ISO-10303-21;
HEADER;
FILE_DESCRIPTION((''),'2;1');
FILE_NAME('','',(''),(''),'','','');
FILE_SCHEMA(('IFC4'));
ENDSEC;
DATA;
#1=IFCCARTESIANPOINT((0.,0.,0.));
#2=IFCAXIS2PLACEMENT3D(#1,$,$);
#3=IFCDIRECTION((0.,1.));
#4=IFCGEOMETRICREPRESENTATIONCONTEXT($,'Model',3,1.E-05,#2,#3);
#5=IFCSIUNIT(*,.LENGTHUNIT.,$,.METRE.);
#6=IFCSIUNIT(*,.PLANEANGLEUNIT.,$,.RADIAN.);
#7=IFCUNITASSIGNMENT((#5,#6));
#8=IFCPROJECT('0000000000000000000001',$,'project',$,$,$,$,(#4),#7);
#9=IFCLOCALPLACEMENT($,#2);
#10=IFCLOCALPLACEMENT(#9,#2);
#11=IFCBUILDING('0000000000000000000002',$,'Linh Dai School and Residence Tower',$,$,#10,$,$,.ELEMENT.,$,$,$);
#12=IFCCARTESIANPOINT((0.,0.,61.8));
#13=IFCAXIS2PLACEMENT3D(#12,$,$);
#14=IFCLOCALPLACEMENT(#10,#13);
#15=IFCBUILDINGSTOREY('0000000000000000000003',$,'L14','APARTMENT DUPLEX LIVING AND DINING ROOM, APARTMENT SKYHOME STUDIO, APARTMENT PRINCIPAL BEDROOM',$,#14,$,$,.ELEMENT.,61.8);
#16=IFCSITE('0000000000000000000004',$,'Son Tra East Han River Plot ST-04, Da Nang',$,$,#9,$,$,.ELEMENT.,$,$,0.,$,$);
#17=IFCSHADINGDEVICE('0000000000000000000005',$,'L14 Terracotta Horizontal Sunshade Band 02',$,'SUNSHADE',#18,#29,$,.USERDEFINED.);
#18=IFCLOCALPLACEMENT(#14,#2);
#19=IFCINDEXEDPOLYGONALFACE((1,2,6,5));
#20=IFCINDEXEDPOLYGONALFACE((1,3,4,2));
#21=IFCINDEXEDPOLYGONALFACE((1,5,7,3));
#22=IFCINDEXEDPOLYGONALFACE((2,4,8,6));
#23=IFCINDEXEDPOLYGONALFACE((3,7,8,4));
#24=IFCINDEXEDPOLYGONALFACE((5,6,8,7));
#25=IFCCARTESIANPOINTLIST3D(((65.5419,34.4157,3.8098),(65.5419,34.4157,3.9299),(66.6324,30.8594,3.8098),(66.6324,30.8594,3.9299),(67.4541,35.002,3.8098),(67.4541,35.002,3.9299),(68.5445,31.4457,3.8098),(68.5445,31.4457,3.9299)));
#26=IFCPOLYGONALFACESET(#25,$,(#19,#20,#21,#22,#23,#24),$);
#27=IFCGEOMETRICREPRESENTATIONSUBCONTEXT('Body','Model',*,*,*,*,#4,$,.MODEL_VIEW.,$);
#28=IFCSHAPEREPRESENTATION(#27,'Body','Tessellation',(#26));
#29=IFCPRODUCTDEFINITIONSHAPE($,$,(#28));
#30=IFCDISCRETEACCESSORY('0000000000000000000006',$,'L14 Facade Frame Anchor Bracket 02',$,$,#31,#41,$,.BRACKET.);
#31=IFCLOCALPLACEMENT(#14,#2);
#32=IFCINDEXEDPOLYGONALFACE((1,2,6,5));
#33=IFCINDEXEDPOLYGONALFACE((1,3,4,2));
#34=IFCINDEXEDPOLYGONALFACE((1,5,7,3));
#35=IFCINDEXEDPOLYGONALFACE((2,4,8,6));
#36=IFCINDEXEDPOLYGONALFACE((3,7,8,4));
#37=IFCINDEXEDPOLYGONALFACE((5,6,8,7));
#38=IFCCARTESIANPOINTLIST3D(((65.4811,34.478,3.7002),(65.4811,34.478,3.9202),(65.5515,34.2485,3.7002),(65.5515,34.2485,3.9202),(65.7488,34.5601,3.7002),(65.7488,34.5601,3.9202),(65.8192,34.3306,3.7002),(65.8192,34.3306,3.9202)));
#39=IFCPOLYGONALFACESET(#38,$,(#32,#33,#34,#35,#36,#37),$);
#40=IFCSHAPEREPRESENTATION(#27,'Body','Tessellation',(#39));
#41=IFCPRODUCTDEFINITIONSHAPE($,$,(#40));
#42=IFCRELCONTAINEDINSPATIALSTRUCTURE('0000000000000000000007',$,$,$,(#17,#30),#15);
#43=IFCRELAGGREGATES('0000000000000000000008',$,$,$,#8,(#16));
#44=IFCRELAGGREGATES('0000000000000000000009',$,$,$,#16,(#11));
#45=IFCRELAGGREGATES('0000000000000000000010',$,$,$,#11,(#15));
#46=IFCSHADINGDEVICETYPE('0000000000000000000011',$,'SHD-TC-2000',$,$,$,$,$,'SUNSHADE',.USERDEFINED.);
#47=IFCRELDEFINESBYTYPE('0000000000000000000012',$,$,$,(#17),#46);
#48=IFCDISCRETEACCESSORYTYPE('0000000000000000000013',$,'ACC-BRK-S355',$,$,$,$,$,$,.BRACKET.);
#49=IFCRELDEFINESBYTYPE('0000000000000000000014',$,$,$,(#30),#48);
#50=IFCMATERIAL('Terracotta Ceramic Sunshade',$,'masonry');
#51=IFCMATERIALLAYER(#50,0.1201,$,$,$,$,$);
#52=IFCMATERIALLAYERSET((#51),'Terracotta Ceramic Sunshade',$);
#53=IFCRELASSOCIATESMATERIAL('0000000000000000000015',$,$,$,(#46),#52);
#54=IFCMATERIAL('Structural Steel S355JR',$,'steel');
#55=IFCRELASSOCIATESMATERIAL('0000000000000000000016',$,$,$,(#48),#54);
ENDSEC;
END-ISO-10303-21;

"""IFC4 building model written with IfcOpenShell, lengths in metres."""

from ifc_helpers import new_model, si_unit, direction, frame, origin, origin_2d, place, context, subcontext, project, spatial, rectangle, extrude, source, transform, mapped, material, layer, layer_set, type_object, element, save


model = new_model("IFC4")

# Units and contexts
model_context = context("Model", 3, precision=1e-05, world=origin(), true_north=direction((0.0, 1.0)))
body_context = subcontext(model_context, "Body", "Model", "MODEL_VIEW")
ifc_project = project(units=[si_unit("LENGTHUNIT", "METRE"), si_unit("PLANEANGLEUNIT", "RADIAN")], contexts=[model_context])

# Site, building, storey
site_placement = place(None, origin())
site = spatial("IfcSite", under=ifc_project, at=site_placement, Name="Son Tra East Han River Plot ST-04, Da Nang", CompositionType="ELEMENT", RefElevation=0.0)
building_placement = place(site_placement, origin())
building = spatial("IfcBuilding", under=site, at=building_placement, Name="Linh Dai School and Residence Tower", CompositionType="ELEMENT")
storey_placement = place(building_placement, frame((0.0, 0.0, 61.8)))
storey = spatial("IfcBuildingStorey", under=building, at=storey_placement, Name="L14", Description="APARTMENT DUPLEX LIVING AND DINING ROOM, APARTMENT SKYHOME STUDIO, APARTMENT PRINCIPAL BEDROOM", CompositionType="ELEMENT", Elevation=61.8)

# Shared definitions
ifc_material_1 = material(Name="Structural Steel S355JR", Category="steel")

# Shading device
ifc_material_2 = material(Name="Terracotta Ceramic Sunshade", Category="masonry")
ifc_layer_1 = layer(ifc_material_2, 0.1201)
ifc_layer_set_1 = layer_set([ifc_layer_1], Name="Terracotta Ceramic Sunshade")
shading_device_type = type_object("IfcShadingDeviceType", Name="SHD-TC-2000", ElementType="SUNSHADE", PredefinedType="USERDEFINED", material=ifc_layer_set_1)
shared_shape_1 = source(origin(), body_context, "Body", "SweptSolid", [
    extrude(rectangle(XDim=3.7197, YDim=2.0, at=origin_2d()), origin(), (0.0, 0.0, 1.0), 0.1201),
])
shading_device_placement = place(storey_placement, frame((67.0432, 32.9307, 3.8098), z_axis=(0.0, 0.0, 1.0), x_axis=(0.293146, -0.956068, 0.0)))
element("IfcShadingDevice", 1, at=shading_device_placement, inside=storey, type_object=shading_device_type, Name="L14 Terracotta Horizontal Sunshade Band 02", ObjectType="SUNSHADE", PredefinedType="USERDEFINED", context=body_context, shape_type="MappedRepresentation", body=[
    mapped(shared_shape_1, transform((0.0, 0.0, 0.0), x_axis=(1.0, 0.0, 0.0), y_axis=(0.0, 1.0, 0.0), z_axis=(0.0, 0.0, 1.0), scale=1.0)),
])

# Discrete accessory
discrete_accessory_type = type_object("IfcDiscreteAccessoryType", Name="ACC-BRK-S355", PredefinedType="BRACKET", material=ifc_material_1)
shared_shape_2 = source(origin(), body_context, "Body", "SweptSolid", [
    extrude(rectangle(XDim=0.28, YDim=0.24, at=origin_2d()), origin(), (0.0, 0.0, 1.0), 0.22),
])
discrete_accessory_placement = place(storey_placement, frame((65.6501, 34.4043, 3.7002), z_axis=(0.0, 0.0, 1.0), x_axis=(0.956068, 0.293146, 0.0)))
element("IfcDiscreteAccessory", 2, at=discrete_accessory_placement, inside=storey, type_object=discrete_accessory_type, Name="L14 Facade Frame Anchor Bracket 02", PredefinedType="BRACKET", context=body_context, shape_type="MappedRepresentation", body=[
    mapped(shared_shape_2, transform((0.0, 0.0, 0.0), x_axis=(1.0, 0.0, 0.0), y_axis=(0.0, 1.0, 0.0), z_axis=(0.0, 0.0, 1.0), scale=1.0)),
])

save(model, "model.ifc")
